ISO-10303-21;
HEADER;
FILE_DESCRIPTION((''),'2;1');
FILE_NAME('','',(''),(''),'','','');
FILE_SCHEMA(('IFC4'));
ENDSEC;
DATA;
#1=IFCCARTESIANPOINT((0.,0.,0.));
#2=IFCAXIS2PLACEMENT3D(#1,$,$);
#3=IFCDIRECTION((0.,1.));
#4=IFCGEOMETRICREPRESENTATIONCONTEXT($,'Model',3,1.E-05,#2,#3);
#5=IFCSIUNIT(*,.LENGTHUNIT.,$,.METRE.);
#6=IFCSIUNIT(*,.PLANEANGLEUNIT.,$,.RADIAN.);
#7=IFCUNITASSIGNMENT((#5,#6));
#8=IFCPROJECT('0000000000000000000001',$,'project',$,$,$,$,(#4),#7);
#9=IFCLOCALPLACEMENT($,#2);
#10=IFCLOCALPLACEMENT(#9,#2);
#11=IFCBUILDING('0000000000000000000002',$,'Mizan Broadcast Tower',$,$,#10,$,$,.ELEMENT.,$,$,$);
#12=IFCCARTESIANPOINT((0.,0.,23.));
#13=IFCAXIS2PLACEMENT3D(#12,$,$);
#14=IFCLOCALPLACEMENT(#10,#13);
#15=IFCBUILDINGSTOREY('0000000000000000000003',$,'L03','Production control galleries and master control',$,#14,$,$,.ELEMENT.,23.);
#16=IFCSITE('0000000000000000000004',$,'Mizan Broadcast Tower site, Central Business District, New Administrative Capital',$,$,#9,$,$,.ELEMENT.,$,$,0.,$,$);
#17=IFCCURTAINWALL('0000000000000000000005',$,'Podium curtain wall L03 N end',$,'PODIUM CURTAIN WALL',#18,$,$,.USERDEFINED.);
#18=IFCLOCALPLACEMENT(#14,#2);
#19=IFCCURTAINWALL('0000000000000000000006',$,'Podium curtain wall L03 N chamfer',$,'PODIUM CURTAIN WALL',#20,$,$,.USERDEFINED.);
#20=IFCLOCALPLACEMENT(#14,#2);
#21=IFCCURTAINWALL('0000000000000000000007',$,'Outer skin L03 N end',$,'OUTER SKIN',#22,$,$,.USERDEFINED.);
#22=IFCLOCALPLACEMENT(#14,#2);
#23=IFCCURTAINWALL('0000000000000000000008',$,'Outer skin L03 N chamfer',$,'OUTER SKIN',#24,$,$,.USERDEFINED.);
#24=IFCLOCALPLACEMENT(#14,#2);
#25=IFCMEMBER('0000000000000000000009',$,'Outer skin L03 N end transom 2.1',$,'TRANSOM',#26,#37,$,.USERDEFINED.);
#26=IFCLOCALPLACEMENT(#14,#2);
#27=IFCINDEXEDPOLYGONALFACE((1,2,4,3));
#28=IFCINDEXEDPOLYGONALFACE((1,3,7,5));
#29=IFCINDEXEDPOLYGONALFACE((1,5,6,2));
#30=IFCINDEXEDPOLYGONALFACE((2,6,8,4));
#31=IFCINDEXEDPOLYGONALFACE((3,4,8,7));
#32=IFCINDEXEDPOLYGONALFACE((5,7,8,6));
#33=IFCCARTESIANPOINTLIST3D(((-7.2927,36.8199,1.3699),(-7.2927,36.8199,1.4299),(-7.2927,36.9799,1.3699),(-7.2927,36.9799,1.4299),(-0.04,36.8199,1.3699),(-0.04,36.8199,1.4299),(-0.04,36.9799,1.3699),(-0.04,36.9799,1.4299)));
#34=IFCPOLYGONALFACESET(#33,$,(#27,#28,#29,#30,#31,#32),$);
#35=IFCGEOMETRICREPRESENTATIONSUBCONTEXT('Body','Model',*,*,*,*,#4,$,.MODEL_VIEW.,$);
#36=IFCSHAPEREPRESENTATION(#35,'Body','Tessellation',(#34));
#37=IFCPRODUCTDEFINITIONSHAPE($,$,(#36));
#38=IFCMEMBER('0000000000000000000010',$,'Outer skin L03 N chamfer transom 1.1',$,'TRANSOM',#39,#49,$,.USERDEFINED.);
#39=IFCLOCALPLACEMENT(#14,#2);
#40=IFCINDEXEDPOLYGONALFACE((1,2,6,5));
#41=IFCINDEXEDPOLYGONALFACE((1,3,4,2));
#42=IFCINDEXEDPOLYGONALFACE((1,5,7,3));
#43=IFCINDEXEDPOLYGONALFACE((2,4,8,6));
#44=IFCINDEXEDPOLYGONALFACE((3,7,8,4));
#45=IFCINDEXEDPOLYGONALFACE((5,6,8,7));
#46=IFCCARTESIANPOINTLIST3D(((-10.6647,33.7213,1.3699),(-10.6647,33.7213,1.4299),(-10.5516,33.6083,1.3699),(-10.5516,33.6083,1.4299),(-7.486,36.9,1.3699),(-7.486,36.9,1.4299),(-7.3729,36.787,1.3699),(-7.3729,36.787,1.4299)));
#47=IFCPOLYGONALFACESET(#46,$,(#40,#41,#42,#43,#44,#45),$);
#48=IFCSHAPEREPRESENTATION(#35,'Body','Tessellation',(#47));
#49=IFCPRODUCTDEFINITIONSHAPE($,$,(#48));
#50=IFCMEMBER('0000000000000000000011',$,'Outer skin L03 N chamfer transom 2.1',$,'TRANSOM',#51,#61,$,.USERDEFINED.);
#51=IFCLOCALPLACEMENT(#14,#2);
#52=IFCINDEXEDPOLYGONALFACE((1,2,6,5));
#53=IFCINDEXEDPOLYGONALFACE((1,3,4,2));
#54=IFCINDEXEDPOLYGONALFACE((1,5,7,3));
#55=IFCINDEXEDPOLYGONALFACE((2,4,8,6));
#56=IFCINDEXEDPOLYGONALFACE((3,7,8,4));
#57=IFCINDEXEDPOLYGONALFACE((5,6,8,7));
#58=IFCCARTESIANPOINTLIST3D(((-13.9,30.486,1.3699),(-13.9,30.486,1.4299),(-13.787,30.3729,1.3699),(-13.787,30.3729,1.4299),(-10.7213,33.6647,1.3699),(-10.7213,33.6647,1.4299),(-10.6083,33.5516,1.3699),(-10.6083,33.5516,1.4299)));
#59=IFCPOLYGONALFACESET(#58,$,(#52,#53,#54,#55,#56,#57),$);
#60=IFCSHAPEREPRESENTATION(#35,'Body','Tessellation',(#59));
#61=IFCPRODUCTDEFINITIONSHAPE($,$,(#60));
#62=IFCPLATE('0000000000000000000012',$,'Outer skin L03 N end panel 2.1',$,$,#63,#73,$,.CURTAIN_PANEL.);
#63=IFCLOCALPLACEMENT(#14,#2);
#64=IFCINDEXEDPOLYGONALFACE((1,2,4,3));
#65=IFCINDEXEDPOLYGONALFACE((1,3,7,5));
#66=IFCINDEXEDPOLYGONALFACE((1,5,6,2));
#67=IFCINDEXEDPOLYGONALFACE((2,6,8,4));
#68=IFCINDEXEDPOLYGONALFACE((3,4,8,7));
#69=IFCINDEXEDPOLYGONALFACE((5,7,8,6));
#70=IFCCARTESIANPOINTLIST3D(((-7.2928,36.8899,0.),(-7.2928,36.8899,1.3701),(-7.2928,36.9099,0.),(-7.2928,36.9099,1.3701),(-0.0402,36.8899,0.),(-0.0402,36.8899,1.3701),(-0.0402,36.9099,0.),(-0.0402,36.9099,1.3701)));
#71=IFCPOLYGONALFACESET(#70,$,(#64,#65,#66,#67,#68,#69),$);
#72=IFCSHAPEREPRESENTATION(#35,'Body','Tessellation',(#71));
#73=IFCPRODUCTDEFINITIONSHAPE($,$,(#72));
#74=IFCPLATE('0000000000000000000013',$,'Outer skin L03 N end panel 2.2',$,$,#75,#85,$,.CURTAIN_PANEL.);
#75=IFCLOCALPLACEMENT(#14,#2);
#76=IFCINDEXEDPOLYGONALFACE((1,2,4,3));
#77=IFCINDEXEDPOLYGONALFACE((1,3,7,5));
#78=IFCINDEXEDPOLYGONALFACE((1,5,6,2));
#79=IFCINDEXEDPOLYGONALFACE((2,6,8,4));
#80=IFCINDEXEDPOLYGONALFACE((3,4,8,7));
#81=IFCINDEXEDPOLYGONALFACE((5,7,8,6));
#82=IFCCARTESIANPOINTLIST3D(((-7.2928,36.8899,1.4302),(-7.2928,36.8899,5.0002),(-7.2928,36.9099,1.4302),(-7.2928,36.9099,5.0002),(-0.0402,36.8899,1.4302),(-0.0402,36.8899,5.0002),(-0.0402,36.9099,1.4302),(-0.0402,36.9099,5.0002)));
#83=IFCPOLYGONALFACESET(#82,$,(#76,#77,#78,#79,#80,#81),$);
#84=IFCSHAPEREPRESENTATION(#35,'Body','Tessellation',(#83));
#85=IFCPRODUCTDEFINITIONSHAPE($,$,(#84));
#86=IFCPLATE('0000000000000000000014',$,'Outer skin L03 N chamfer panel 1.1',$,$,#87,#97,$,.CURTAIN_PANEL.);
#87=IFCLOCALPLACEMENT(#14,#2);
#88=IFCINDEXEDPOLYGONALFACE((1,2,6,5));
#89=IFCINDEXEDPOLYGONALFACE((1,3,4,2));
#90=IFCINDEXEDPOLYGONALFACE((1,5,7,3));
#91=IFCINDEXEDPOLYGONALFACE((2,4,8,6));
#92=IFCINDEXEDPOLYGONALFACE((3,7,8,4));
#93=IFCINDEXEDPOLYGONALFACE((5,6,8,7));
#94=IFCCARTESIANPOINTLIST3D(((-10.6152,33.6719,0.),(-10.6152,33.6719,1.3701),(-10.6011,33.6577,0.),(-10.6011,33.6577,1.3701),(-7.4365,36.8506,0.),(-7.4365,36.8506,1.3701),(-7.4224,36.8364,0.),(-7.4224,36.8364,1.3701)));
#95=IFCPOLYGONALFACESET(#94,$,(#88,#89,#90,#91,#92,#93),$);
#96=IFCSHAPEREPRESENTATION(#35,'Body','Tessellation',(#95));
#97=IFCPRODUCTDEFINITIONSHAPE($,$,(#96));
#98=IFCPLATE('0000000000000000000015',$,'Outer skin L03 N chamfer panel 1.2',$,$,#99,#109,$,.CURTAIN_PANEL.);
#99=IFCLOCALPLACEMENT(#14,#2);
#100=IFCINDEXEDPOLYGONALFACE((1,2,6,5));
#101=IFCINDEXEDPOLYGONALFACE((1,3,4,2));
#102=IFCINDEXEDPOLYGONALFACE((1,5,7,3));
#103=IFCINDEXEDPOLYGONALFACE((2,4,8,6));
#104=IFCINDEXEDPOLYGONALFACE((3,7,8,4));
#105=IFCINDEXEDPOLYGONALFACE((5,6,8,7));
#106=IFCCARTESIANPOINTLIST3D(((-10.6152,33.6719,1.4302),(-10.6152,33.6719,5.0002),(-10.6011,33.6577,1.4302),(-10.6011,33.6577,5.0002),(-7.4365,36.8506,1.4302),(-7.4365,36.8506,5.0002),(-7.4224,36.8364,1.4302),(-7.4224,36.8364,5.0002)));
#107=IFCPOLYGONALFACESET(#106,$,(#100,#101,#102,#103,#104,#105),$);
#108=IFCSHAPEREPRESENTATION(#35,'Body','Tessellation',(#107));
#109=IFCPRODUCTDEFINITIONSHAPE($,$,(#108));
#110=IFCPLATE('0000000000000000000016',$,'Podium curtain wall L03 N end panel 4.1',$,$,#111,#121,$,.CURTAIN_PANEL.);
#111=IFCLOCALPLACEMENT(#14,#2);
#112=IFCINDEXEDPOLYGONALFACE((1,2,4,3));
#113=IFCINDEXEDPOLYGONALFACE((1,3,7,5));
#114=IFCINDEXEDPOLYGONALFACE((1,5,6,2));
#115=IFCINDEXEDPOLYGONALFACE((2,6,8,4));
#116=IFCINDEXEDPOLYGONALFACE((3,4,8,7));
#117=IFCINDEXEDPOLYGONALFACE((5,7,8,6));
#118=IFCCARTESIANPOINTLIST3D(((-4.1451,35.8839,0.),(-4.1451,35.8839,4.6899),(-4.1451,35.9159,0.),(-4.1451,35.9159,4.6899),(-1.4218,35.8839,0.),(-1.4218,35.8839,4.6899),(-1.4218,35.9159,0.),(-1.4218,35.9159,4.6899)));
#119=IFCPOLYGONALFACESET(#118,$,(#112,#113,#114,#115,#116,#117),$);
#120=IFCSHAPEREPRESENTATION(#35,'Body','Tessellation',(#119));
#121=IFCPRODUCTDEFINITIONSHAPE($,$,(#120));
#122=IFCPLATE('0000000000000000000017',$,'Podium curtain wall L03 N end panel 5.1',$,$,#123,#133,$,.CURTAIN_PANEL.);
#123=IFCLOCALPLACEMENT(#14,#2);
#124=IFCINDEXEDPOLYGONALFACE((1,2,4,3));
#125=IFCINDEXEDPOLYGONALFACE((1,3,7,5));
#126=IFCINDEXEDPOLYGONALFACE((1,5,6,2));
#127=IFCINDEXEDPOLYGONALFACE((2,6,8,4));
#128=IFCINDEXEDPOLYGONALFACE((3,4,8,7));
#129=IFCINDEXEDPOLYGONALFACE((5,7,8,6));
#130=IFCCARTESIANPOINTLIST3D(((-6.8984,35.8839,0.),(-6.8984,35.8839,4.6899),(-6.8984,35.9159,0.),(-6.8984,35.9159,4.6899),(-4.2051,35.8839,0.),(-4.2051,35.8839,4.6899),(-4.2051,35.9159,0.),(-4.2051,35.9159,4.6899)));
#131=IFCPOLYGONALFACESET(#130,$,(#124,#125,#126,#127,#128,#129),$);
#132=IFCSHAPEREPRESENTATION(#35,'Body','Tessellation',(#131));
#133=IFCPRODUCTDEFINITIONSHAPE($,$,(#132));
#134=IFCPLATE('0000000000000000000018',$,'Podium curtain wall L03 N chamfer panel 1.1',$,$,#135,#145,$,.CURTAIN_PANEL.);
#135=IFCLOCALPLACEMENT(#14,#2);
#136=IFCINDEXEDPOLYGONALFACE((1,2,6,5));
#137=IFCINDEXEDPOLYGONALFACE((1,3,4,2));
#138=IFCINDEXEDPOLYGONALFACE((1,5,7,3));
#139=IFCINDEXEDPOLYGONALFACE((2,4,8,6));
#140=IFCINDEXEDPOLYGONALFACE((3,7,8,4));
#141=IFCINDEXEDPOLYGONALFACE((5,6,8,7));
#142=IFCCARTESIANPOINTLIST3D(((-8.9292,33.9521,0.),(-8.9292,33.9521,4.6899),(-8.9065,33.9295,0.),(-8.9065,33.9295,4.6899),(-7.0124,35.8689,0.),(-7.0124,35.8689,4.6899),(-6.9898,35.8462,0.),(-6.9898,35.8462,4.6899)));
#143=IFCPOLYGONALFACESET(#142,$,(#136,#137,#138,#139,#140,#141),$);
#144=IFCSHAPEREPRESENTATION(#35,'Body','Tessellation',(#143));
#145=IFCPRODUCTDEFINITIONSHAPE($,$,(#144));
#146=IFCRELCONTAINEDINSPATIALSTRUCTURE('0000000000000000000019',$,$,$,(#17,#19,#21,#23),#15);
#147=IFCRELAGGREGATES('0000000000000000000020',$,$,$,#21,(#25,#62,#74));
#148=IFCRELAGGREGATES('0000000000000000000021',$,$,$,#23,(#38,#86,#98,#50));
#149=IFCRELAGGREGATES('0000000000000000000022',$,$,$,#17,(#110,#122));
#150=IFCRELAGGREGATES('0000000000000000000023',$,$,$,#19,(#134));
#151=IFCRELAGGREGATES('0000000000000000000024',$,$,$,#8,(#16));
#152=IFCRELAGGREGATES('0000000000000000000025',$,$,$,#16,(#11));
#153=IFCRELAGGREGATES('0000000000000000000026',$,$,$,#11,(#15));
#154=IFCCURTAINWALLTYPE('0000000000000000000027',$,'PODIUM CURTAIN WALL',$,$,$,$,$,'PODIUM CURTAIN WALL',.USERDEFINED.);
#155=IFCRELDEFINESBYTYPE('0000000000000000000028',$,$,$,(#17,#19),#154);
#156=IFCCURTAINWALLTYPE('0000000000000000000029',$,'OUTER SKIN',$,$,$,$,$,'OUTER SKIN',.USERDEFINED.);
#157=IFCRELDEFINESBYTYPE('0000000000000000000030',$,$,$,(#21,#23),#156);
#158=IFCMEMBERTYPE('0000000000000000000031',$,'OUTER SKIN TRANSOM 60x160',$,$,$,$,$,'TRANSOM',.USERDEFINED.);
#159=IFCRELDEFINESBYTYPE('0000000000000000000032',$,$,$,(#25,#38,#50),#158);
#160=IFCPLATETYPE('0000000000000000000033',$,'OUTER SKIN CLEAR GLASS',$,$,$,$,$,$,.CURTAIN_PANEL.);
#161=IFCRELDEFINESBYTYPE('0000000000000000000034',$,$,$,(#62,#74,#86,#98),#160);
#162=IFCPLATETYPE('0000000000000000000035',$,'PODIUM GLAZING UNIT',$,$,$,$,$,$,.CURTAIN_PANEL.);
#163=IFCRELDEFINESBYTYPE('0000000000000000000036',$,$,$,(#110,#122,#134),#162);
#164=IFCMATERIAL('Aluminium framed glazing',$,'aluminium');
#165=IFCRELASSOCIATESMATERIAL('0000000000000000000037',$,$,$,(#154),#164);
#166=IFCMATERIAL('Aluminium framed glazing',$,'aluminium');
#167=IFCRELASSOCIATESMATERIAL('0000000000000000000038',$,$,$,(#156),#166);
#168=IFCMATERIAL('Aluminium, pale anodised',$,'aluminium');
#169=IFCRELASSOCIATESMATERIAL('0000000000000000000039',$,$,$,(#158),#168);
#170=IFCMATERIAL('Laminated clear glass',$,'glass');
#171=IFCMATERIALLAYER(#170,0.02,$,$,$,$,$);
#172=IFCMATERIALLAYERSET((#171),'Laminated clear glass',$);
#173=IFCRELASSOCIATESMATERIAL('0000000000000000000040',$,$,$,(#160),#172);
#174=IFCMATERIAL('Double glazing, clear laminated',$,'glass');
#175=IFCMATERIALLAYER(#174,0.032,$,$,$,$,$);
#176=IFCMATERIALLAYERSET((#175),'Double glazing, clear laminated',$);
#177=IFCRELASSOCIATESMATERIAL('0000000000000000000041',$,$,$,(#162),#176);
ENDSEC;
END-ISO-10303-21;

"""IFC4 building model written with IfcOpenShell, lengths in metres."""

from ifc_helpers import new_model, si_unit, direction, frame, origin, origin_2d, place, context, subcontext, project, spatial, rectangle, extrude, material, layer, layer_set, material_profile, profile_set, type_object, element, aggregate, save


model = new_model("IFC4")

# Units and contexts
model_context = context("Model", 3, precision=1e-05, world=origin(), true_north=direction((0.0, 1.0)))
body_context = subcontext(model_context, "Body", "Model", "MODEL_VIEW")
ifc_project = project(units=[si_unit("LENGTHUNIT", "METRE"), si_unit("PLANEANGLEUNIT", "RADIAN")], contexts=[model_context])

# Site, building, storey
site_placement = place(None, origin())
site = spatial("IfcSite", under=ifc_project, at=site_placement, Name="Mizan Broadcast Tower site, Central Business District, New Administrative Capital", CompositionType="ELEMENT", RefElevation=0.0)
building_placement = place(site_placement, origin())
building = spatial("IfcBuilding", under=site, at=building_placement, Name="Mizan Broadcast Tower", CompositionType="ELEMENT")
storey_placement = place(building_placement, frame((0.0, 0.0, 23.0)))
storey = spatial("IfcBuildingStorey", under=building, at=storey_placement, Name="L03", Description="Production control galleries and master control", CompositionType="ELEMENT", Elevation=23.0)

# Curtain wall
ifc_material_1 = material(Name="Aluminium framed glazing", Category="aluminium")
curtain_wall_type_1 = type_object("IfcCurtainWallType", Name="PODIUM CURTAIN WALL", ElementType="PODIUM CURTAIN WALL", PredefinedType="USERDEFINED", material=ifc_material_1)
curtain_wall_1_placement = place(storey_placement, origin())
curtain_wall_1 = element("IfcCurtainWall", 1, at=curtain_wall_1_placement, inside=storey, type_object=curtain_wall_type_1, Name="Podium curtain wall L03 N end", ObjectType="PODIUM CURTAIN WALL", PredefinedType="USERDEFINED")

# Curtain wall
curtain_wall_2_placement = place(storey_placement, origin())
curtain_wall_2 = element("IfcCurtainWall", 2, at=curtain_wall_2_placement, inside=storey, type_object=curtain_wall_type_1, Name="Podium curtain wall L03 N chamfer", ObjectType="PODIUM CURTAIN WALL", PredefinedType="USERDEFINED")

# Curtain walls
ifc_material_2 = material(Name="Aluminium framed glazing", Category="aluminium")
curtain_wall_type_2 = type_object("IfcCurtainWallType", Name="OUTER SKIN", ElementType="OUTER SKIN", PredefinedType="USERDEFINED", material=ifc_material_2)
curtain_wall_3_placement = place(storey_placement, origin())
curtain_wall_3 = element("IfcCurtainWall", 3, at=curtain_wall_3_placement, inside=storey, type_object=curtain_wall_type_2, Name="Outer skin L03 N end", ObjectType="OUTER SKIN", PredefinedType="USERDEFINED")
curtain_wall_4_placement = place(storey_placement, origin())
curtain_wall_4 = element("IfcCurtainWall", 4, at=curtain_wall_4_placement, inside=storey, type_object=curtain_wall_type_2, Name="Outer skin L03 N chamfer", ObjectType="OUTER SKIN", PredefinedType="USERDEFINED")

# Members
ifc_material_3 = material(Name="Aluminium, pale anodised", Category="aluminium")
ifc_material_profile_1 = material_profile(ifc_material_3, rectangle(XDim=0.1599, YDim=0.0601, at=origin_2d()), Name="TRANSOM 160x60")
ifc_profile_set_1 = profile_set([ifc_material_profile_1], Name="Aluminium, pale anodised")
member_type_1 = type_object("IfcMemberType", Name="OUTER SKIN TRANSOM 60x160", ElementType="TRANSOM", PredefinedType="USERDEFINED", material=ifc_profile_set_1)
member_1_placement = place(storey_placement, frame((-0.04, 36.8999, 1.3999), z_axis=(-1.0, 0.0, 0.0), x_axis=(0.0, -1.0, 0.0)))
member_1 = element("IfcMember", 5, at=member_1_placement, type_object=member_type_1, Name="Outer skin L03 N end transom 2.1", ObjectType="TRANSOM", PredefinedType="USERDEFINED", context=body_context, shape_type="SweptSolid", body=[
    extrude(rectangle(XDim=0.1599, YDim=0.0601, at=origin_2d()), origin(), (0.0, 0.0, 1.0), 7.2527),
])
member_2_placement = place(storey_placement, frame((-7.4294, 36.8435, 1.3999), z_axis=(-0.707107, -0.707107, 0.0), x_axis=(0.707107, -0.707107, 0.0)))
member_2 = element("IfcMember", 6, at=member_2_placement, type_object=member_type_1, Name="Outer skin L03 N chamfer transom 1.1", ObjectType="TRANSOM", PredefinedType="USERDEFINED", context=body_context, shape_type="SweptSolid", body=[
    extrude(rectangle(XDim=0.1599, YDim=0.0601, at=origin_2d()), origin(), (0.0, 0.0, 1.0), 4.4954),
])
member_3_placement = place(storey_placement, frame((-10.6648, 33.6082, 1.3999), z_axis=(-0.707107, -0.707107, 0.0), x_axis=(0.707107, -0.707107, 0.0)))
member_3 = element("IfcMember", 7, at=member_3_placement, type_object=member_type_1, Name="Outer skin L03 N chamfer transom 2.1", ObjectType="TRANSOM", PredefinedType="USERDEFINED", context=body_context, shape_type="SweptSolid", body=[
    extrude(rectangle(XDim=0.1599, YDim=0.0601, at=origin_2d()), origin(), (0.0, 0.0, 1.0), 4.4954),
])

# Plates
ifc_material_4 = material(Name="Laminated clear glass", Category="glass")
ifc_layer_1 = layer(ifc_material_4, 0.02)
ifc_layer_set_1 = layer_set([ifc_layer_1], Name="Laminated clear glass")
plate_type_1 = type_object("IfcPlateType", Name="OUTER SKIN CLEAR GLASS", PredefinedType="CURTAIN_PANEL", material=ifc_layer_set_1)
plate_1_placement = place(storey_placement, frame((-3.6665, 36.8999, 0.0), z_axis=(0.0, 0.0, 1.0), x_axis=(-1.0, 0.0, 0.0)))
plate_1 = element("IfcPlate", 8, at=plate_1_placement, type_object=plate_type_1, Name="Outer skin L03 N end panel 2.1", PredefinedType="CURTAIN_PANEL", context=body_context, shape_type="SweptSolid", body=[
    extrude(rectangle(XDim=7.2527, YDim=0.02, at=origin_2d()), origin(), (0.0, 0.0, 1.0), 1.3701),
])
plate_2_placement = place(storey_placement, frame((-3.6665, 36.8999, 1.4302), z_axis=(0.0, 0.0, 1.0), x_axis=(-1.0, 0.0, 0.0)))
plate_2 = element("IfcPlate", 9, at=plate_2_placement, type_object=plate_type_1, Name="Outer skin L03 N end panel 2.2", PredefinedType="CURTAIN_PANEL", context=body_context, shape_type="SweptSolid", body=[
    extrude(rectangle(XDim=7.2527, YDim=0.02, at=origin_2d()), origin(), (0.0, 0.0, 1.0), 3.5701),
])
aggregate(curtain_wall_3, [member_1, plate_1, plate_2])
plate_3_placement = place(storey_placement, frame((-9.0188, 35.2542, 0.0), z_axis=(0.0, 0.0, 1.0), x_axis=(-0.707107, -0.707107, 0.0)))
plate_3 = element("IfcPlate", 10, at=plate_3_placement, type_object=plate_type_1, Name="Outer skin L03 N chamfer panel 1.1", PredefinedType="CURTAIN_PANEL", context=body_context, shape_type="SweptSolid", body=[
    extrude(rectangle(XDim=4.4954, YDim=0.02, at=origin_2d()), origin(), (0.0, 0.0, 1.0), 1.3701),
])
plate_4_placement = place(storey_placement, frame((-9.0188, 35.2542, 1.4302), z_axis=(0.0, 0.0, 1.0), x_axis=(-0.707107, -0.707107, 0.0)))
plate_4 = element("IfcPlate", 11, at=plate_4_placement, type_object=plate_type_1, Name="Outer skin L03 N chamfer panel 1.2", PredefinedType="CURTAIN_PANEL", context=body_context, shape_type="SweptSolid", body=[
    extrude(rectangle(XDim=4.4954, YDim=0.02, at=origin_2d()), origin(), (0.0, 0.0, 1.0), 3.5701),
])
aggregate(curtain_wall_4, [member_2, plate_3, plate_4, member_3])
ifc_material_5 = material(Name="Double glazing, clear laminated", Category="glass")
ifc_layer_2 = layer(ifc_material_5, 0.032)
ifc_layer_set_2 = layer_set([ifc_layer_2], Name="Double glazing, clear laminated")
plate_type_2 = type_object("IfcPlateType", Name="PODIUM GLAZING UNIT", PredefinedType="CURTAIN_PANEL", material=ifc_layer_set_2)
plate_5_placement = place(storey_placement, frame((-2.7834, 35.8999, 0.0), z_axis=(0.0, 0.0, 1.0), x_axis=(-1.0, 0.0, 0.0)))
plate_5 = element("IfcPlate", 12, at=plate_5_placement, type_object=plate_type_2, Name="Podium curtain wall L03 N end panel 4.1", PredefinedType="CURTAIN_PANEL", context=body_context, shape_type="SweptSolid", body=[
    extrude(rectangle(XDim=2.7234, YDim=0.032, at=origin_2d()), origin(), (0.0, 0.0, 1.0), 4.6899),
])
plate_6_placement = place(storey_placement, frame((-5.5518, 35.8999, 0.0), z_axis=(0.0, 0.0, 1.0), x_axis=(-1.0, 0.0, 0.0)))
plate_6 = element("IfcPlate", 13, at=plate_6_placement, type_object=plate_type_2, Name="Podium curtain wall L03 N end panel 5.1", PredefinedType="CURTAIN_PANEL", context=body_context, shape_type="SweptSolid", body=[
    extrude(rectangle(XDim=2.6934, YDim=0.032, at=origin_2d()), origin(), (0.0, 0.0, 1.0), 4.6899),
])
aggregate(curtain_wall_1, [plate_5, plate_6])
plate_7_placement = place(storey_placement, frame((-7.9595, 34.8992, 0.0), z_axis=(0.0, 0.0, 1.0), x_axis=(-0.707107, -0.707107, 0.0)))
plate_7 = element("IfcPlate", 14, at=plate_7_placement, type_object=plate_type_2, Name="Podium curtain wall L03 N chamfer panel 1.1", PredefinedType="CURTAIN_PANEL", context=body_context, shape_type="SweptSolid", body=[
    extrude(rectangle(XDim=2.7107, YDim=0.032, at=origin_2d()), origin(), (0.0, 0.0, 1.0), 4.6899),
])
aggregate(curtain_wall_2, [plate_7])

save(model, "model.ifc")
